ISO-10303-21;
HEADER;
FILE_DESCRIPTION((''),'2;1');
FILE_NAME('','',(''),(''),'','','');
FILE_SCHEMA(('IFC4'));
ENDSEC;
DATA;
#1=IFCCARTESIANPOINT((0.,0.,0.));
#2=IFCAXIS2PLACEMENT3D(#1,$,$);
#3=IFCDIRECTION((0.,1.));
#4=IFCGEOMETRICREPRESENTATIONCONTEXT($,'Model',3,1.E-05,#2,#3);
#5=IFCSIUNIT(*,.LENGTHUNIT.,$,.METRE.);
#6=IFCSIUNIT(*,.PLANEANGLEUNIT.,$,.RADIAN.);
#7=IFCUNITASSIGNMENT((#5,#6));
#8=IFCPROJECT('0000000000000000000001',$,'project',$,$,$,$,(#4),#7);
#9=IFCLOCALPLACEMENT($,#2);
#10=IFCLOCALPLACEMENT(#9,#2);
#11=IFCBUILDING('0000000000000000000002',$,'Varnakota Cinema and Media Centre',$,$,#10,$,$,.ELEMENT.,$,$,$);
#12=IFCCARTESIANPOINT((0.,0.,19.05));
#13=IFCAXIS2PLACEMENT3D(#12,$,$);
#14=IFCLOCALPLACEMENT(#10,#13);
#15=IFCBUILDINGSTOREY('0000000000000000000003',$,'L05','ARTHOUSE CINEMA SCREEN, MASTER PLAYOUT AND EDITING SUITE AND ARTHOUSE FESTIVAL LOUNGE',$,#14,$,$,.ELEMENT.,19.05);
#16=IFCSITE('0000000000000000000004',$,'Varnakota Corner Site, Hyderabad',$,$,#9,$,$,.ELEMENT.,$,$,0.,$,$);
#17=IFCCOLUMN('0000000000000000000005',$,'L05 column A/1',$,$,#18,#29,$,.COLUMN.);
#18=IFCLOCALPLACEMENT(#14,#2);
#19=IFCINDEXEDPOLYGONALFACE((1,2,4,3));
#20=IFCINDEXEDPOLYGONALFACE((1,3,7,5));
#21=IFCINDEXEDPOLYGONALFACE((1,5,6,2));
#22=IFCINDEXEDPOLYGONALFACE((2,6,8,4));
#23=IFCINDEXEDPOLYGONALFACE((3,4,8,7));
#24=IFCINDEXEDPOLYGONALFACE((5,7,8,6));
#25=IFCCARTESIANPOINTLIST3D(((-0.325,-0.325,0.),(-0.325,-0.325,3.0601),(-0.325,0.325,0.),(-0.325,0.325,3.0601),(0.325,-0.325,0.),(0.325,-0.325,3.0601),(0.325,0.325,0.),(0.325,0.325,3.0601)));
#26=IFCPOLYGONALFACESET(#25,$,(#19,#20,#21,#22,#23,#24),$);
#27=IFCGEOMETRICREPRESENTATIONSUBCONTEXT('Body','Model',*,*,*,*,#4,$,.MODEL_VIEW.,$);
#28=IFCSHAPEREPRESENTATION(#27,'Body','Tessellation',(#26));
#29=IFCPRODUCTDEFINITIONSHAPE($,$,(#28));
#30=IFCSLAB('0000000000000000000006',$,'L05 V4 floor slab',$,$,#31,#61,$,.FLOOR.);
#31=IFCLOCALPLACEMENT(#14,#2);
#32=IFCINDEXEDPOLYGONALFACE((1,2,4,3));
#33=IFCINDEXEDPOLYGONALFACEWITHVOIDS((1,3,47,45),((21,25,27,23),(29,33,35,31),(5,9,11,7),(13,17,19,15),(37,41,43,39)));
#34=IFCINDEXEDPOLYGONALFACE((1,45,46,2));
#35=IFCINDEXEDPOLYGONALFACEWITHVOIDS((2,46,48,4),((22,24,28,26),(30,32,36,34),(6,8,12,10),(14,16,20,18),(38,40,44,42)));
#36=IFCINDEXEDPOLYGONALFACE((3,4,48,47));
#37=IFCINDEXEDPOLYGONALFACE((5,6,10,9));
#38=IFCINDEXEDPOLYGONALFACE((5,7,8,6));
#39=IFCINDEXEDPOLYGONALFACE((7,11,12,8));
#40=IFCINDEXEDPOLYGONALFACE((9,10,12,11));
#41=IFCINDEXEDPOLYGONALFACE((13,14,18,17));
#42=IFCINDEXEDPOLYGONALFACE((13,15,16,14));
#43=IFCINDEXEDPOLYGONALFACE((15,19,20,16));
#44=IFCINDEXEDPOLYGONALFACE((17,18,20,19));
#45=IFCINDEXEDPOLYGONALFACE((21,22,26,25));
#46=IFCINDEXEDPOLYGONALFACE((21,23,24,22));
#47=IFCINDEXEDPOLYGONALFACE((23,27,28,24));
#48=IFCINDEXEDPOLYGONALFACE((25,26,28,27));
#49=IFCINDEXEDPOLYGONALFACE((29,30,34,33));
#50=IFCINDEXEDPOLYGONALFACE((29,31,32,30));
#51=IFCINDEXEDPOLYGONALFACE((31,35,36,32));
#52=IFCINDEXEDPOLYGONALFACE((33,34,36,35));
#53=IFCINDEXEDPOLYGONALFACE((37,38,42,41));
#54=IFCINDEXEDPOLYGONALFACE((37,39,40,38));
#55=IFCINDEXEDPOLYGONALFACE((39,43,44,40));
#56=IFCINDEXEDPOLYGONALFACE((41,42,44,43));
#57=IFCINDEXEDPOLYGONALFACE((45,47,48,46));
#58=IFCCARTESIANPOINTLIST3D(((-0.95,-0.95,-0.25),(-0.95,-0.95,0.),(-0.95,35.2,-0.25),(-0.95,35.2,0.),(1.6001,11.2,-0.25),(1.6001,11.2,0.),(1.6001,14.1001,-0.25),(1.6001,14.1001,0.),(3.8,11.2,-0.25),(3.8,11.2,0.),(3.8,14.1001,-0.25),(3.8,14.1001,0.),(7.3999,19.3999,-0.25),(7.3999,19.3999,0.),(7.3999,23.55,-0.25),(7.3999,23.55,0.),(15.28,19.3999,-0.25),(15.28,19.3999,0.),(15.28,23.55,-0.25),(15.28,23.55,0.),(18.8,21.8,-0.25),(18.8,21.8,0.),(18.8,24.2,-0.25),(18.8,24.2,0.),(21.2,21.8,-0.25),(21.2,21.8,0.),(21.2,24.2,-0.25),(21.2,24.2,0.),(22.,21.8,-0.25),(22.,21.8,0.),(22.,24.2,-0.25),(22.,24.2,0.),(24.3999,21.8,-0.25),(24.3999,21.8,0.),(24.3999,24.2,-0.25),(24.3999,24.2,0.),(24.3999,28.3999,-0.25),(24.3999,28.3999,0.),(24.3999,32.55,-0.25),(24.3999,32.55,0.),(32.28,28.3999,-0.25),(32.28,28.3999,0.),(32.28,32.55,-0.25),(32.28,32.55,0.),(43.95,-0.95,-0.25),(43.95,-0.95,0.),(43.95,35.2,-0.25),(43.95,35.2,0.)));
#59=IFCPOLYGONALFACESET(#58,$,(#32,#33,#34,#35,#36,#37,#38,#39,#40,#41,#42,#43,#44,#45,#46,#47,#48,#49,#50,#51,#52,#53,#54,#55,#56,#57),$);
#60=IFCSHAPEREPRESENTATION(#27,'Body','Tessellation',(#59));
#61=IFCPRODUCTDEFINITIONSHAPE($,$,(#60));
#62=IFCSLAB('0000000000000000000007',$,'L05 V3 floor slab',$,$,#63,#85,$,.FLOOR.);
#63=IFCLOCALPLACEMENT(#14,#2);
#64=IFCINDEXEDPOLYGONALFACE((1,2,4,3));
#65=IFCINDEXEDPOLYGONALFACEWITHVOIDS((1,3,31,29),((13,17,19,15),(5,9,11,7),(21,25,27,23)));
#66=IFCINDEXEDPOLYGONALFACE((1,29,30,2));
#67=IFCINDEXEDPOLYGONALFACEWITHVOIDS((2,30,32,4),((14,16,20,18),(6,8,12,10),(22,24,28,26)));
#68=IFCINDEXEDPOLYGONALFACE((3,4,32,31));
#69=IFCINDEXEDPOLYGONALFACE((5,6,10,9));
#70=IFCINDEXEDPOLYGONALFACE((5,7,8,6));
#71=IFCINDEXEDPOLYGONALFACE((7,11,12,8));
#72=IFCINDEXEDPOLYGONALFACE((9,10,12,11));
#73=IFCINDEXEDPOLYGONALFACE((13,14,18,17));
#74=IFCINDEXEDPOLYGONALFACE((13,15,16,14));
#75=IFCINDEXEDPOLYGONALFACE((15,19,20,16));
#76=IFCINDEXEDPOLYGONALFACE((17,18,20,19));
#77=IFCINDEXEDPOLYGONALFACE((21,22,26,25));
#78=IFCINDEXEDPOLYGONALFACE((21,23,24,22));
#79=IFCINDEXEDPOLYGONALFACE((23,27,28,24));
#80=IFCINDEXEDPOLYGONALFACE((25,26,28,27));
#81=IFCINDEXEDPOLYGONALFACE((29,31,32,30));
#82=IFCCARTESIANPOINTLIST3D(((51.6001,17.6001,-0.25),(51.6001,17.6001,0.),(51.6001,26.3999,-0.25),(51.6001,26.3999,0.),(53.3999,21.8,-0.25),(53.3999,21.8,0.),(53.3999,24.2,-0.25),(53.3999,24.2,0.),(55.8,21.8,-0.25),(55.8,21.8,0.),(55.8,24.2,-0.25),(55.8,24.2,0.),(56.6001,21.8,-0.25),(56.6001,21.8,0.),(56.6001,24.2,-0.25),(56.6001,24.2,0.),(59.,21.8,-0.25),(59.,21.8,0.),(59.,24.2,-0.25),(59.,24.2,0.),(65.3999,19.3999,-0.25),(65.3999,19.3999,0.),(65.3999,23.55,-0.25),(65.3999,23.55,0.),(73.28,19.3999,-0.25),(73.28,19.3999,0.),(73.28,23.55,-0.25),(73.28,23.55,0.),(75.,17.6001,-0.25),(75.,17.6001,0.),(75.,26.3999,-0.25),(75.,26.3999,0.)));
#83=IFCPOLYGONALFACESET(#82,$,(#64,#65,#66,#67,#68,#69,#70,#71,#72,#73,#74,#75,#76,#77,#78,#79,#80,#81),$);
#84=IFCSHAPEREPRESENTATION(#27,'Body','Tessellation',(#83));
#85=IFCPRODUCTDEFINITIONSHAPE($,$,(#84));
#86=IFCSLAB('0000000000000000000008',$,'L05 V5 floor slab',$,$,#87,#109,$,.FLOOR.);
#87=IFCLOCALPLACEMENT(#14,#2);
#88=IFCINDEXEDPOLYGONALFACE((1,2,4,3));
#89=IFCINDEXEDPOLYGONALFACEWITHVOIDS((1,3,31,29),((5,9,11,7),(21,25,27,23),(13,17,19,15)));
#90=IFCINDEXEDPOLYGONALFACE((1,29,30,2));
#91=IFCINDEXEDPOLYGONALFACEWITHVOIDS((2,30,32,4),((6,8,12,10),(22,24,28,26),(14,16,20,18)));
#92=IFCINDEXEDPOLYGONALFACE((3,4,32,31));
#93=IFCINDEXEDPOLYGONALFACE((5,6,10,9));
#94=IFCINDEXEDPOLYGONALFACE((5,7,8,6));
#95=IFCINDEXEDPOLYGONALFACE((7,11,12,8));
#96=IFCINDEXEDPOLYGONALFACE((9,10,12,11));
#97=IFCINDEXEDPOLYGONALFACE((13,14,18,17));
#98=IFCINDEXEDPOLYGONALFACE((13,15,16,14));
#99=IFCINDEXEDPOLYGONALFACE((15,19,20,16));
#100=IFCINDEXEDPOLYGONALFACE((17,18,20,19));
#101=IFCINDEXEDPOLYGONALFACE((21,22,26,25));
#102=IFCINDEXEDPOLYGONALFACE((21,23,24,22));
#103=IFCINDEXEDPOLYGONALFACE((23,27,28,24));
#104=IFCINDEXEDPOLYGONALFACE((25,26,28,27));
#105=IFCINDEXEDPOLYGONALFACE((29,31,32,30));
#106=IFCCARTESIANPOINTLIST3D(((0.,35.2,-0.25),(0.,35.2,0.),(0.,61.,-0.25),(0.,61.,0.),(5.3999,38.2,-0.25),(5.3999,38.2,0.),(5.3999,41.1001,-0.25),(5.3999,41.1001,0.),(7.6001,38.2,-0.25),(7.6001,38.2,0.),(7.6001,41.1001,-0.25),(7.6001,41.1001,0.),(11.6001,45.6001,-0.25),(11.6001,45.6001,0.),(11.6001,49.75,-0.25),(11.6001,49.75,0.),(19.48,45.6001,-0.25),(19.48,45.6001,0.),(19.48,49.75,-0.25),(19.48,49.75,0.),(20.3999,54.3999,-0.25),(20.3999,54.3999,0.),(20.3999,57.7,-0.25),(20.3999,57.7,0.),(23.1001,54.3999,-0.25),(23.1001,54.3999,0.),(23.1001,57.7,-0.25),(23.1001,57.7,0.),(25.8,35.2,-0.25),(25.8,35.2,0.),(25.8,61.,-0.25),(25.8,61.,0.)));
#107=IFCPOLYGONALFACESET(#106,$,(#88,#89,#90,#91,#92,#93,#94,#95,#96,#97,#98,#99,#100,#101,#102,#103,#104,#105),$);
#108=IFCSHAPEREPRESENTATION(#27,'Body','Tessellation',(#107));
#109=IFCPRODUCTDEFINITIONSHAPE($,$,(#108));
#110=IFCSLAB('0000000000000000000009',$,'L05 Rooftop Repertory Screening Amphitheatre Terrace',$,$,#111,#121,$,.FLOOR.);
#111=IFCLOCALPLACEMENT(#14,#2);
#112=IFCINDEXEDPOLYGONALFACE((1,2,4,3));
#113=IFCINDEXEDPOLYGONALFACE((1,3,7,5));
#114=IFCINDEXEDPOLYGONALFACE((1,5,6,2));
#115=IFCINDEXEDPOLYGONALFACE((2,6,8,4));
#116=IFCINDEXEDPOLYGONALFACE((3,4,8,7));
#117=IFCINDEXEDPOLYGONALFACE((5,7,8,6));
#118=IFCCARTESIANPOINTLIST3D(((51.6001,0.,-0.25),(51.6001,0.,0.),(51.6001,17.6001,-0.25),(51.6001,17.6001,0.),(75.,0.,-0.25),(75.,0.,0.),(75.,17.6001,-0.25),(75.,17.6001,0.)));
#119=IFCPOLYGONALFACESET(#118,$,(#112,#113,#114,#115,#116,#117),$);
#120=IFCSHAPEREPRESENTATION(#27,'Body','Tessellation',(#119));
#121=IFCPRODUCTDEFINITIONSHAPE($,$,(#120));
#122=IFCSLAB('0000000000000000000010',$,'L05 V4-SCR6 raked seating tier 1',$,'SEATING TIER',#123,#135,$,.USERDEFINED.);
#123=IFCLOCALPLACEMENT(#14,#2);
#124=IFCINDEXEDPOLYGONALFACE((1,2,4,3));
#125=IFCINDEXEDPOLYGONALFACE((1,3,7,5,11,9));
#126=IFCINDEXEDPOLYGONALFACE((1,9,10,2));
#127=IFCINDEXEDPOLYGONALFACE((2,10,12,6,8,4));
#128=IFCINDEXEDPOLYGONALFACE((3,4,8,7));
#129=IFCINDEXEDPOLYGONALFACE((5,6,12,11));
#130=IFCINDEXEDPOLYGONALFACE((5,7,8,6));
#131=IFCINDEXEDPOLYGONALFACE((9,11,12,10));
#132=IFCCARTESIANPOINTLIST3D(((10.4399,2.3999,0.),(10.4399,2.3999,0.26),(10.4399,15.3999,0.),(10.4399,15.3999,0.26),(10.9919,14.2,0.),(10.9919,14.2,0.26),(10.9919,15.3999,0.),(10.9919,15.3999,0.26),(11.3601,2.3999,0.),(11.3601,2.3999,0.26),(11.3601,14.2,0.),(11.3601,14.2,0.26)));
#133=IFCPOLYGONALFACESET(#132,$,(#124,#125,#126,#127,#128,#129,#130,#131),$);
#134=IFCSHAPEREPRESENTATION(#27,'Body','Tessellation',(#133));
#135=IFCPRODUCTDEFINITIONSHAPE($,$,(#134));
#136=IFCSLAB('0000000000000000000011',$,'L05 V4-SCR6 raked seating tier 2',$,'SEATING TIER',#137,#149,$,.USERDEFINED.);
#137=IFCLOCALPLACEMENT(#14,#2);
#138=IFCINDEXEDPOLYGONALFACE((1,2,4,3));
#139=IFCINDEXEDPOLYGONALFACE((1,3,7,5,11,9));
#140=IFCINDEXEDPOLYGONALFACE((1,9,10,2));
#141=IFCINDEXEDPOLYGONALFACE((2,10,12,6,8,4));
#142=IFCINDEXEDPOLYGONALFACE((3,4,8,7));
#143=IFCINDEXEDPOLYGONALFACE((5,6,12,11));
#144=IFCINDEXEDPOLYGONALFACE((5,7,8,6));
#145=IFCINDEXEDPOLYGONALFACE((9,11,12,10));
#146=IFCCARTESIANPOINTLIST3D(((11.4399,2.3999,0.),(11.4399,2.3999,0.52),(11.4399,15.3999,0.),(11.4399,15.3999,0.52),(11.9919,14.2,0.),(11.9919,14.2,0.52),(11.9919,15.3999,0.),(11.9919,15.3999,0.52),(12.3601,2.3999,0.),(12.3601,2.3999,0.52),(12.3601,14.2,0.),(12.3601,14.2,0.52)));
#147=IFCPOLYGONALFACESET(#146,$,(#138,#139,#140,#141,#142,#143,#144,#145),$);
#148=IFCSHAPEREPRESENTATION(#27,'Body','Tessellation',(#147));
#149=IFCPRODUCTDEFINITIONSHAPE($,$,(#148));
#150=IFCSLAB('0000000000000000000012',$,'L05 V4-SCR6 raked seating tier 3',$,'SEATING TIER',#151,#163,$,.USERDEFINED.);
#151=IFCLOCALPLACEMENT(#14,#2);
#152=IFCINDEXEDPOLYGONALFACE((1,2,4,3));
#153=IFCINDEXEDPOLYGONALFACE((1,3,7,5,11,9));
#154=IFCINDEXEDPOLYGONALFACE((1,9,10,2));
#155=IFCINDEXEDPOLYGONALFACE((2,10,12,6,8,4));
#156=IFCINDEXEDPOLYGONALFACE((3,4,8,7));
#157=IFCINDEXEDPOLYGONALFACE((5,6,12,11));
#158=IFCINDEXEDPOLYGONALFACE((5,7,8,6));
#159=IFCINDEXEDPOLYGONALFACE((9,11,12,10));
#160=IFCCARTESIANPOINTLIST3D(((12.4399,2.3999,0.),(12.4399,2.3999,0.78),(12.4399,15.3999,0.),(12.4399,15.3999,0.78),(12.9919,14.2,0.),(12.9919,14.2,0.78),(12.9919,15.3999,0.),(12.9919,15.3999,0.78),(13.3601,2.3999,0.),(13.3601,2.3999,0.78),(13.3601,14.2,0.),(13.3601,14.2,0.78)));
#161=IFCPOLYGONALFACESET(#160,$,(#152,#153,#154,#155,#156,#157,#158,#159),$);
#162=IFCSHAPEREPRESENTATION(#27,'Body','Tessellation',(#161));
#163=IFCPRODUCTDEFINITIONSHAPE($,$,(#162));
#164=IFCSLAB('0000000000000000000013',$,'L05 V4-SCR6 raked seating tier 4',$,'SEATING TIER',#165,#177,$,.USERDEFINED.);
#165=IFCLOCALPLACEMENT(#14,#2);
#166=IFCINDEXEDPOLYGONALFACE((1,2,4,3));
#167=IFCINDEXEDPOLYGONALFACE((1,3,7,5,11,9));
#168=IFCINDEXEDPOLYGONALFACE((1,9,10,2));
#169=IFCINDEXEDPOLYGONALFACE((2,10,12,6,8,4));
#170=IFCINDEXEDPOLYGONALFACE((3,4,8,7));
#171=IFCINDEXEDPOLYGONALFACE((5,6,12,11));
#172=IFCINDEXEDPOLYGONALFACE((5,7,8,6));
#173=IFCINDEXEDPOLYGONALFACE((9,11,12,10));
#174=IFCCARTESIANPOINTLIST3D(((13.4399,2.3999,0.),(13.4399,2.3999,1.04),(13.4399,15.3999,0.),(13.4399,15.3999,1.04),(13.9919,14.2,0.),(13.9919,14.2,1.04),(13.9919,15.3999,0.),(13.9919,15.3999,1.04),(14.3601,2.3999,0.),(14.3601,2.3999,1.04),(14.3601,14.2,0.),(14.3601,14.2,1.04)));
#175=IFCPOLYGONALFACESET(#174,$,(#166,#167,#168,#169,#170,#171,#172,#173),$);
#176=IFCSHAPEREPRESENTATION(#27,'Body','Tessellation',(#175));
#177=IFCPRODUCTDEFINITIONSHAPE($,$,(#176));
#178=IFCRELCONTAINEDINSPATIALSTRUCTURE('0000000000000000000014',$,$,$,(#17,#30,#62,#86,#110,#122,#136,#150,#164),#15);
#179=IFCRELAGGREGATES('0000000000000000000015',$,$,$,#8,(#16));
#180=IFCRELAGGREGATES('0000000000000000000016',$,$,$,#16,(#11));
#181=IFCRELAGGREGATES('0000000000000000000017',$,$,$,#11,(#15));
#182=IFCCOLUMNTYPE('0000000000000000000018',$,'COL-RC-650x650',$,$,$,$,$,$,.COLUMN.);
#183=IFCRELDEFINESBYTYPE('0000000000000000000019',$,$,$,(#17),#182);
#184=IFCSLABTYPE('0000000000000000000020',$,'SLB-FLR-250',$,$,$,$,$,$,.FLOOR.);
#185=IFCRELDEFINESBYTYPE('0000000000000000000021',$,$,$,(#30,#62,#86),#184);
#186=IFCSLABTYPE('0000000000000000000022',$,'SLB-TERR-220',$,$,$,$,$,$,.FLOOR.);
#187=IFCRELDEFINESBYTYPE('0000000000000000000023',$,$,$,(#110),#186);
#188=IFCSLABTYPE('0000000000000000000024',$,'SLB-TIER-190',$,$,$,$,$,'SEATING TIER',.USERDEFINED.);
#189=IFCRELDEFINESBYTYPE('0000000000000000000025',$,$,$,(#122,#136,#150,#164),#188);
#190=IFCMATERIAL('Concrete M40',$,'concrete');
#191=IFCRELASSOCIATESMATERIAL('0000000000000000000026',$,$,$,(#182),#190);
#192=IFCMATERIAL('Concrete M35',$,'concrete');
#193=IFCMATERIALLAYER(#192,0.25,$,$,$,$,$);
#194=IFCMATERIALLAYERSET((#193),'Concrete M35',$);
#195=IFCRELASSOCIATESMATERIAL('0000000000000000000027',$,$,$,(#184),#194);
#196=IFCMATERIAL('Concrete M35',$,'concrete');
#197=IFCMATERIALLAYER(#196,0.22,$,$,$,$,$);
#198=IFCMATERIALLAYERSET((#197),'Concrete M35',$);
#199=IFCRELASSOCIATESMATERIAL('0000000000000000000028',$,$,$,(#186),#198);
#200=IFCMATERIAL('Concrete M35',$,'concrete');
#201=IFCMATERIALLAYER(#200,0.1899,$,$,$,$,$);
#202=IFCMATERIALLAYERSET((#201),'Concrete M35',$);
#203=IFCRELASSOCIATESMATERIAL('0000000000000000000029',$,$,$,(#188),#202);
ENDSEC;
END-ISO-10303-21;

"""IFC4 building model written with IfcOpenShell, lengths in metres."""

from ifc_helpers import new_model, si_unit, direction, frame, origin, origin_with_axes, origin_2d, place, context, subcontext, project, spatial, polyline, rectangle, outline, extrude, material, layer, layer_set, material_profile, profile_set, type_object, element, save


model = new_model("IFC4")

# Units and contexts
model_context = context("Model", 3, precision=1e-05, world=origin(), true_north=direction((0.0, 1.0)))
body_context = subcontext(model_context, "Body", "Model", "MODEL_VIEW")
ifc_project = project(units=[si_unit("LENGTHUNIT", "METRE"), si_unit("PLANEANGLEUNIT", "RADIAN")], contexts=[model_context])

# Site, building, storey
site_placement = place(None, origin())
site = spatial("IfcSite", under=ifc_project, at=site_placement, Name="Varnakota Corner Site, Hyderabad", CompositionType="ELEMENT", RefElevation=0.0)
building_placement = place(site_placement, origin())
building = spatial("IfcBuilding", under=site, at=building_placement, Name="Varnakota Cinema and Media Centre", CompositionType="ELEMENT")
storey_placement = place(building_placement, frame((0.0, 0.0, 19.05)))
storey = spatial("IfcBuildingStorey", under=building, at=storey_placement, Name="L05", Description="ARTHOUSE CINEMA SCREEN, MASTER PLAYOUT AND EDITING SUITE AND ARTHOUSE FESTIVAL LOUNGE", CompositionType="ELEMENT", Elevation=19.05)

# Column
ifc_material_1 = material(Name="Concrete M40", Category="concrete")
ifc_material_profile = material_profile(ifc_material_1, rectangle(XDim=0.6499, YDim=0.6499, at=origin_2d()), Name="RC 650x650")
ifc_profile_set = profile_set([ifc_material_profile], Name="Concrete M40")
column_type = type_object("IfcColumnType", Name="COL-RC-650x650", PredefinedType="COLUMN", material=ifc_profile_set)
column_placement = place(storey_placement, origin_with_axes())
element("IfcColumn", 1, at=column_placement, inside=storey, type_object=column_type, Name="L05 column A/1", PredefinedType="COLUMN", context=body_context, shape_type="SweptSolid", body=[
    extrude(rectangle(XDim=0.6499, YDim=0.6499, at=origin_2d()), origin(), (0.0, 0.0, 1.0), 3.0601),
])

# Slabs
ifc_material_2 = material(Name="Concrete M35", Category="concrete")
ifc_layer_1 = layer(ifc_material_2, 0.25)
ifc_layer_set_1 = layer_set([ifc_layer_1], Name="Concrete M35")
slab_type_1 = type_object("IfcSlabType", Name="SLB-FLR-250", PredefinedType="FLOOR", material=ifc_layer_set_1)
slab_1_placement = place(storey_placement, frame((0.0, 0.0, -0.25)))
element("IfcSlab", 2, at=slab_1_placement, inside=storey, type_object=slab_type_1, Name="L05 V4 floor slab", PredefinedType="FLOOR", context=body_context, shape_type="SweptSolid", body=[
    extrude(outline(polyline([(-0.95, -0.95), (43.95, -0.95), (43.95, 35.2), (-0.95, 35.2), (-0.95, -0.95)]), holes=[polyline([(7.3999, 19.3999), (15.28, 19.3999), (15.28, 23.55), (7.3999, 23.55), (7.3999, 19.3999)]), polyline([(24.3999, 28.3999), (32.28, 28.3999), (32.28, 32.55), (24.3999, 32.55), (24.3999, 28.3999)]), polyline([(1.6001, 11.2), (3.8, 11.2), (3.8, 14.1001), (1.6001, 14.1001), (1.6001, 11.2)]), polyline([(18.8, 21.8), (21.2, 21.8), (21.2, 24.2), (18.8, 24.2), (18.8, 21.8)]), polyline([(22.0, 21.8), (24.3999, 21.8), (24.3999, 24.2), (22.0, 24.2), (22.0, 21.8)])]), origin(), (0.0, 0.0, 1.0), 0.25),
])
slab_2_placement = place(storey_placement, frame((0.0, 0.0, -0.25)))
element("IfcSlab", 3, at=slab_2_placement, inside=storey, type_object=slab_type_1, Name="L05 V3 floor slab", PredefinedType="FLOOR", context=body_context, shape_type="SweptSolid", body=[
    extrude(outline(polyline([(51.6001, 17.6001), (75.0, 17.6001), (75.0, 26.3999), (51.6001, 26.3999), (51.6001, 17.6001)]), holes=[polyline([(65.3999, 19.3999), (73.28, 19.3999), (73.28, 23.55), (65.3999, 23.55), (65.3999, 19.3999)]), polyline([(53.3999, 21.8), (55.8, 21.8), (55.8, 24.2), (53.3999, 24.2), (53.3999, 21.8)]), polyline([(56.6001, 21.8), (59.0, 21.8), (59.0, 24.2), (56.6001, 24.2), (56.6001, 21.8)])]), origin(), (0.0, 0.0, 1.0), 0.25),
])
slab_3_placement = place(storey_placement, frame((0.0, 0.0, -0.25)))
element("IfcSlab", 4, at=slab_3_placement, inside=storey, type_object=slab_type_1, Name="L05 V5 floor slab", PredefinedType="FLOOR", context=body_context, shape_type="SweptSolid", body=[
    extrude(outline(polyline([(0.0, 35.2), (25.8, 35.2), (25.8, 61.0), (0.0, 61.0), (0.0, 35.2)]), holes=[polyline([(11.6001, 45.6001), (19.48, 45.6001), (19.48, 49.75), (11.6001, 49.75), (11.6001, 45.6001)]), polyline([(5.3999, 38.2), (7.6001, 38.2), (7.6001, 41.1001), (5.3999, 41.1001), (5.3999, 38.2)]), polyline([(20.3999, 54.3999), (23.1001, 54.3999), (23.1001, 57.7), (20.3999, 57.7), (20.3999, 54.3999)])]), origin(), (0.0, 0.0, 1.0), 0.25),
])
ifc_material_3 = material(Name="Concrete M35", Category="concrete")
ifc_layer_2 = layer(ifc_material_3, 0.22)
ifc_layer_set_2 = layer_set([ifc_layer_2], Name="Concrete M35")
slab_type_2 = type_object("IfcSlabType", Name="SLB-TERR-220", PredefinedType="FLOOR", material=ifc_layer_set_2)
slab_4_placement = place(storey_placement, frame((0.0, 0.0, -0.25)))
element("IfcSlab", 5, at=slab_4_placement, inside=storey, type_object=slab_type_2, Name="L05 Rooftop Repertory Screening Amphitheatre Terrace", PredefinedType="FLOOR", context=body_context, shape_type="SweptSolid", body=[
    extrude(outline(polyline([(51.6001, 0.0), (75.0, 0.0), (75.0, 17.6001), (51.6001, 17.6001), (51.6001, 0.0)])), origin(), (0.0, 0.0, 1.0), 0.25),
])
ifc_material_4 = material(Name="Concrete M35", Category="concrete")
ifc_layer_3 = layer(ifc_material_4, 0.1899)
ifc_layer_set_3 = layer_set([ifc_layer_3], Name="Concrete M35")
slab_type_3 = type_object("IfcSlabType", Name="SLB-TIER-190", ElementType="SEATING TIER", PredefinedType="USERDEFINED", material=ifc_layer_set_3)
slab_5_placement = place(storey_placement, origin())
element("IfcSlab", 6, at=slab_5_placement, inside=storey, type_object=slab_type_3, Name="L05 V4-SCR6 raked seating tier 1", ObjectType="SEATING TIER", PredefinedType="USERDEFINED", context=body_context, shape_type="SweptSolid", body=[
    extrude(outline(polyline([(10.4399, 2.3999), (11.3601, 2.3999), (11.3601, 14.2), (10.9919, 14.2), (10.9919, 15.3999), (10.4399, 15.3999), (10.4399, 2.3999)])), origin(), (0.0, 0.0, 1.0), 0.26),
])
slab_6_placement = place(storey_placement, origin())
element("IfcSlab", 7, at=slab_6_placement, inside=storey, type_object=slab_type_3, Name="L05 V4-SCR6 raked seating tier 2", ObjectType="SEATING TIER", PredefinedType="USERDEFINED", context=body_context, shape_type="SweptSolid", body=[
    extrude(outline(polyline([(11.4399, 2.3999), (12.3601, 2.3999), (12.3601, 14.2), (11.9919, 14.2), (11.9919, 15.3999), (11.4399, 15.3999), (11.4399, 2.3999)])), origin(), (0.0, 0.0, 1.0), 0.52),
])
slab_7_placement = place(storey_placement, origin())
element("IfcSlab", 8, at=slab_7_placement, inside=storey, type_object=slab_type_3, Name="L05 V4-SCR6 raked seating tier 3", ObjectType="SEATING TIER", PredefinedType="USERDEFINED", context=body_context, shape_type="SweptSolid", body=[
    extrude(outline(polyline([(12.4399, 2.3999), (13.3601, 2.3999), (13.3601, 14.2), (12.9919, 14.2), (12.9919, 15.3999), (12.4399, 15.3999), (12.4399, 2.3999)])), origin(), (0.0, 0.0, 1.0), 0.78),
])
slab_8_placement = place(storey_placement, origin())
element("IfcSlab", 9, at=slab_8_placement, inside=storey, type_object=slab_type_3, Name="L05 V4-SCR6 raked seating tier 4", ObjectType="SEATING TIER", PredefinedType="USERDEFINED", context=body_context, shape_type="SweptSolid", body=[
    extrude(outline(polyline([(13.4399, 2.3999), (14.3601, 2.3999), (14.3601, 14.2), (13.9919, 14.2), (13.9919, 15.3999), (13.4399, 15.3999), (13.4399, 2.3999)])), origin(), (0.0, 0.0, 1.0), 1.04),
])

save(model, "model.ifc")
